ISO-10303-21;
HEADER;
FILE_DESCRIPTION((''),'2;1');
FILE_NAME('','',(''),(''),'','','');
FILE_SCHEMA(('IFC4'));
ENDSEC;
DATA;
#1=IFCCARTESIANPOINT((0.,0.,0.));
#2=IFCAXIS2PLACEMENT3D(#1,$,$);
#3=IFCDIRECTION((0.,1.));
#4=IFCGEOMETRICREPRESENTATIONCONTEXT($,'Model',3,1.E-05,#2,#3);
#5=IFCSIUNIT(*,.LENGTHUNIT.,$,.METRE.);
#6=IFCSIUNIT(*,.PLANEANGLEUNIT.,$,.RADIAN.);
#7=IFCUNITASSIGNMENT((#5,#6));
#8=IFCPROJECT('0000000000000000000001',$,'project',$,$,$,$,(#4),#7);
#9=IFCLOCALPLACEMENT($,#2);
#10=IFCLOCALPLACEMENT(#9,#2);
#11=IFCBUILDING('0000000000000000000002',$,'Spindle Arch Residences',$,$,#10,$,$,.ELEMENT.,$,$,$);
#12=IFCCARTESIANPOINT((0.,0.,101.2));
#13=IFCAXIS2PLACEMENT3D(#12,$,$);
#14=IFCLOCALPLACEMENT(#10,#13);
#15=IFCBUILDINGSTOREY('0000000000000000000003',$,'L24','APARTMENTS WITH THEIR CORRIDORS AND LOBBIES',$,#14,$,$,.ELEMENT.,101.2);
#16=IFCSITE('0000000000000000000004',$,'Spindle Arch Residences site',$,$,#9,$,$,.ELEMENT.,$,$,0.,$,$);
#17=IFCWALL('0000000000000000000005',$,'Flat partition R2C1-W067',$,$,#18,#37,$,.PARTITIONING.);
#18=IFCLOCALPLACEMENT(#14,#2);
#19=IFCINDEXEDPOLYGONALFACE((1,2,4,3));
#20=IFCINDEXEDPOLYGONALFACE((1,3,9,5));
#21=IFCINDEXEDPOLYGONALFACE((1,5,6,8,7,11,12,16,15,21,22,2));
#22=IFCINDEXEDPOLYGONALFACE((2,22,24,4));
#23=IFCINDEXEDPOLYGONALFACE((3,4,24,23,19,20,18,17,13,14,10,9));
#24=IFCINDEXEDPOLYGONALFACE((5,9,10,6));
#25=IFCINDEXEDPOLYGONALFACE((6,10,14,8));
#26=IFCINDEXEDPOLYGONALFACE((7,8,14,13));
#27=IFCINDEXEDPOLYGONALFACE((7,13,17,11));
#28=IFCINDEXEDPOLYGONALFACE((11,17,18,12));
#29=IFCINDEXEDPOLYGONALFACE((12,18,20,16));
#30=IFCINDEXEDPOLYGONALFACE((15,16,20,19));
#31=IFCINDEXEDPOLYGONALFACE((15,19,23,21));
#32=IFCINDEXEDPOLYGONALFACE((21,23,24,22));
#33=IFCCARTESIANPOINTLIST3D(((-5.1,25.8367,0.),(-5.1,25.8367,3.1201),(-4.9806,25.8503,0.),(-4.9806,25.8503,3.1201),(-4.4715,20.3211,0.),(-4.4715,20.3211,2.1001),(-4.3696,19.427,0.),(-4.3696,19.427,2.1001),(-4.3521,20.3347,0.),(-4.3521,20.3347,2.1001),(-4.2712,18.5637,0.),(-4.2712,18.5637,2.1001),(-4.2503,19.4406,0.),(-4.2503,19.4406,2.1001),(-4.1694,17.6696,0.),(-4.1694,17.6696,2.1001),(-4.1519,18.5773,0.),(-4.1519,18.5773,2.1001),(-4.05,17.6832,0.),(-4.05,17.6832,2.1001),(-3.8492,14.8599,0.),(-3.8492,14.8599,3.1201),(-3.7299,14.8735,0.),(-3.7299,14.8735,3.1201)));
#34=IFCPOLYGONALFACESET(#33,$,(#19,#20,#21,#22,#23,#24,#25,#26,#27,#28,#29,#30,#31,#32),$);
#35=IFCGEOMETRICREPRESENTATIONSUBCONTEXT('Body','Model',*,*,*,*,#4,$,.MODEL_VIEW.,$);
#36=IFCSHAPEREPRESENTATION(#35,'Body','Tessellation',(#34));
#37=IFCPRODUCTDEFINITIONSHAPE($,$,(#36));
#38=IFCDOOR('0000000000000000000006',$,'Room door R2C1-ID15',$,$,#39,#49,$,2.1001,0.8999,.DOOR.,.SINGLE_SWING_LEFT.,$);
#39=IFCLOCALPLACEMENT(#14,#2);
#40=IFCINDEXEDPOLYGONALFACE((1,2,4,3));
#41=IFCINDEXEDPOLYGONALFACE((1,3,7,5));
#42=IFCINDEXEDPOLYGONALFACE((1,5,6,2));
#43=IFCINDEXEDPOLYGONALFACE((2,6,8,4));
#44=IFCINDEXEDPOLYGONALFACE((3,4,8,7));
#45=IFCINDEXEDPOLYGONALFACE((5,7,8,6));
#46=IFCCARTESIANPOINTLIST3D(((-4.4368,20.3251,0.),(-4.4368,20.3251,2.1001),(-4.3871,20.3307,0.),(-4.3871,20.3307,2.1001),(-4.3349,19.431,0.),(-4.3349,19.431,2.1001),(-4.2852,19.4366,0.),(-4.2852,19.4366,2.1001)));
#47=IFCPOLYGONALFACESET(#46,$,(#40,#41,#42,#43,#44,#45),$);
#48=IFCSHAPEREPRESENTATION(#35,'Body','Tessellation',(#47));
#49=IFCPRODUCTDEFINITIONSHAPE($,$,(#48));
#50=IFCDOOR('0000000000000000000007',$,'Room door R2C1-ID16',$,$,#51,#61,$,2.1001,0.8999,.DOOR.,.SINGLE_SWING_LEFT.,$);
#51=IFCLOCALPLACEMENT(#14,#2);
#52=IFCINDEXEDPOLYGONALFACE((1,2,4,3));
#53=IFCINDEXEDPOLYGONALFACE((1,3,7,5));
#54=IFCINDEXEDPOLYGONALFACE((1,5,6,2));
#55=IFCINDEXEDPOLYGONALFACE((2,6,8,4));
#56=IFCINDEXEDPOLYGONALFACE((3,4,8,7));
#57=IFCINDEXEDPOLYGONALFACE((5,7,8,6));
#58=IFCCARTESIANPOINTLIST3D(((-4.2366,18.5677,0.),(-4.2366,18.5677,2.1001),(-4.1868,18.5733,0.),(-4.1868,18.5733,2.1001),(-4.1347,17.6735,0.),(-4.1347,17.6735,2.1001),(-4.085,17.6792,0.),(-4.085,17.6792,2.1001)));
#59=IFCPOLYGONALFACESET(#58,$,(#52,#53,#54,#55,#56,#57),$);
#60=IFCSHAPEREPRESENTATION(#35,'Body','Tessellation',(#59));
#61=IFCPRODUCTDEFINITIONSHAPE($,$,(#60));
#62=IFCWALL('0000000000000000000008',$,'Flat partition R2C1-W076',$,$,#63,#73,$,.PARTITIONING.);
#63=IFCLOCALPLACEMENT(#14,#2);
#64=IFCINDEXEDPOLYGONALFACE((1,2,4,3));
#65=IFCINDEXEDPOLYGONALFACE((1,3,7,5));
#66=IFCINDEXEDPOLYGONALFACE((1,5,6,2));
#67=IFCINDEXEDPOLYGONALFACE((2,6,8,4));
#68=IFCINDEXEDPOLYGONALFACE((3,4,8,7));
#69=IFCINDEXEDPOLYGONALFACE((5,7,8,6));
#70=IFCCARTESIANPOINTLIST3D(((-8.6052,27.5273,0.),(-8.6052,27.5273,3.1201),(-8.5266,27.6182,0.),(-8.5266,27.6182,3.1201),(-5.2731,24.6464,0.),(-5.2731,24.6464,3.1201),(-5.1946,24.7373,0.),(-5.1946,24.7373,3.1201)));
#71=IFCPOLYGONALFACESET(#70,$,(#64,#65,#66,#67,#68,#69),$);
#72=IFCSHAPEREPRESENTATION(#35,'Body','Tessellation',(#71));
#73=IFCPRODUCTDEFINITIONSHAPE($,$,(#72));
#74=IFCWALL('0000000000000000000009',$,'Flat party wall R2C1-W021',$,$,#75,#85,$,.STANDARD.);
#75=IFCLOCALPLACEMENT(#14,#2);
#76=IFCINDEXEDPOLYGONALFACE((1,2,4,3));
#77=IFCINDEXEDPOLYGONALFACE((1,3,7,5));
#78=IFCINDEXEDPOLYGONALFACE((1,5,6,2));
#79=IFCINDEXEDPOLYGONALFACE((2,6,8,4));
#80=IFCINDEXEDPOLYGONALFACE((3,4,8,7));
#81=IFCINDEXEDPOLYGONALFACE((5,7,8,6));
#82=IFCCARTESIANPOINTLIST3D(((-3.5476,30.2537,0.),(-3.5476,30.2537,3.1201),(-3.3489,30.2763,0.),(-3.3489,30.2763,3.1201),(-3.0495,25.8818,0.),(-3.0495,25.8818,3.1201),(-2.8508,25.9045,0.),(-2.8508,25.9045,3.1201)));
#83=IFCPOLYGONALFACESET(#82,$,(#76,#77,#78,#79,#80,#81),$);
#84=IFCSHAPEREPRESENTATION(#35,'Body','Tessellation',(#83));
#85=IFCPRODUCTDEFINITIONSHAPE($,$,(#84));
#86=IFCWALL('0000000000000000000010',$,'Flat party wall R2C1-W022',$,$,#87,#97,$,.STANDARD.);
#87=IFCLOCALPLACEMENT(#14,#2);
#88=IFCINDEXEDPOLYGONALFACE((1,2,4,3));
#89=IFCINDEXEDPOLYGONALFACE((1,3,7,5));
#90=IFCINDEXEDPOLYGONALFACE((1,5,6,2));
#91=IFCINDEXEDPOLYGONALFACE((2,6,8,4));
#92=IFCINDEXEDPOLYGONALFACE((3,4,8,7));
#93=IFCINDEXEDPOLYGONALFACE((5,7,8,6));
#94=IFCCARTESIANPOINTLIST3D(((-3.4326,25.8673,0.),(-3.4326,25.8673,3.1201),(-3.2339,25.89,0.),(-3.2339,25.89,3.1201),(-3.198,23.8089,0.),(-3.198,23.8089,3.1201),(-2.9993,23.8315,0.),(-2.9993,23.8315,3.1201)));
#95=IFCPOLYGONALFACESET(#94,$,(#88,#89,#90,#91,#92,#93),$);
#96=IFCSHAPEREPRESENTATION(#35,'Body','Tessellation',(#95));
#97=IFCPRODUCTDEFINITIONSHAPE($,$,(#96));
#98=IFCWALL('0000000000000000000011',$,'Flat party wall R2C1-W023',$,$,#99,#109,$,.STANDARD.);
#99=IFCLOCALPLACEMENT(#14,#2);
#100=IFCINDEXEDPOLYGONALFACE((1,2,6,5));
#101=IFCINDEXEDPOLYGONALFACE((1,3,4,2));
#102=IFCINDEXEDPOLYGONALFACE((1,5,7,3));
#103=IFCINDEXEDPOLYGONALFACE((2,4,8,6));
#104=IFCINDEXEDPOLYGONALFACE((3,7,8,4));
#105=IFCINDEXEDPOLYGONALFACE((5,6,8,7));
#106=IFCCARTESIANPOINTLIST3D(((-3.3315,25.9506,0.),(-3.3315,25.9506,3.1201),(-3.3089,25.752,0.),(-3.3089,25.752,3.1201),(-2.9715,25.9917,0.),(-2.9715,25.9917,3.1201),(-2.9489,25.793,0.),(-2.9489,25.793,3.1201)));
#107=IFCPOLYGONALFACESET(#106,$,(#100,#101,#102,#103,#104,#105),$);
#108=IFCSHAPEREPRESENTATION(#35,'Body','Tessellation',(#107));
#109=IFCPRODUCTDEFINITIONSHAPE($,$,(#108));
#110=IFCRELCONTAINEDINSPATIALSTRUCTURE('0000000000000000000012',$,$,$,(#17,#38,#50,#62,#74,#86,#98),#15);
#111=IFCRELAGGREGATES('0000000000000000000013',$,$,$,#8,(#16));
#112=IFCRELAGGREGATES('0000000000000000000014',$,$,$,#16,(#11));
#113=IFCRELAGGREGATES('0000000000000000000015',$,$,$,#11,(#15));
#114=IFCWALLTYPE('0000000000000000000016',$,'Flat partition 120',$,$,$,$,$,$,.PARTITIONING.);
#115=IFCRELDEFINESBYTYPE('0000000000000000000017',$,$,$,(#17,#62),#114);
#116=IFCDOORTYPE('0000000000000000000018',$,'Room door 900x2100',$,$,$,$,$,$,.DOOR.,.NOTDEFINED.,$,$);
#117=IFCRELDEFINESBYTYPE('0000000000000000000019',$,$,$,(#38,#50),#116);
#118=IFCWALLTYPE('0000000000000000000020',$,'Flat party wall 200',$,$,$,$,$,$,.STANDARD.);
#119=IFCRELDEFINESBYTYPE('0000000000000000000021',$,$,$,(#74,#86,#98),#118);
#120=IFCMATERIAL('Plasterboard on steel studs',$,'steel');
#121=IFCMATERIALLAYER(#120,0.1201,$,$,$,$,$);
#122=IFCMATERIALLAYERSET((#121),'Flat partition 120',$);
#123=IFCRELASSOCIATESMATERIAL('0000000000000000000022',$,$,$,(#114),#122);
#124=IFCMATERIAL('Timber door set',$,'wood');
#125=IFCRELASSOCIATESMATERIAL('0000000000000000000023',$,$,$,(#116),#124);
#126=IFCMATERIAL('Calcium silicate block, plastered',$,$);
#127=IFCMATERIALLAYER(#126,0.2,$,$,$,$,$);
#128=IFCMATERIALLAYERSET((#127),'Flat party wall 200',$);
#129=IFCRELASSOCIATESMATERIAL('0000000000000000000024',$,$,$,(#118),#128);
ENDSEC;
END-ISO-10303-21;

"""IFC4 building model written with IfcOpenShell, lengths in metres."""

from ifc_helpers import new_model, si_unit, direction, frame, frame_2d, origin, place, context, subcontext, project, spatial, rectangle, extrude, material, layer, layer_set, type_object, element, fill, save


model = new_model("IFC4")

# Units and contexts
model_context = context("Model", 3, precision=1e-05, world=origin(), true_north=direction((0.0, 1.0)))
body_context = subcontext(model_context, "Body", "Model", "MODEL_VIEW")
ifc_project = project(units=[si_unit("LENGTHUNIT", "METRE"), si_unit("PLANEANGLEUNIT", "RADIAN")], contexts=[model_context])

# Site, building, storey
site_placement = place(None, origin())
site = spatial("IfcSite", under=ifc_project, at=site_placement, Name="Spindle Arch Residences site", CompositionType="ELEMENT", RefElevation=0.0)
building_placement = place(site_placement, origin())
building = spatial("IfcBuilding", under=site, at=building_placement, Name="Spindle Arch Residences", CompositionType="ELEMENT")
storey_placement = place(building_placement, frame((0.0, 0.0, 101.2)))
storey = spatial("IfcBuildingStorey", under=building, at=storey_placement, Name="L24", Description="APARTMENTS WITH THEIR CORRIDORS AND LOBBIES", CompositionType="ELEMENT", Elevation=101.2)

# Shared definitions
ifc_material_1 = material(Name="Plasterboard on steel studs", Category="steel")
ifc_layer_1 = layer(ifc_material_1, 0.1201)
ifc_layer_set_1 = layer_set([ifc_layer_1], Name="Flat partition 120")
wall_type_1 = type_object("IfcWallType", Name="Flat partition 120", PredefinedType="PARTITIONING", material=ifc_layer_set_1)

# Shared definitions
ifc_material_2 = material(Name="Timber door set", Category="wood")
door_type = type_object("IfcDoorType", Name="Room door 900x2100", OperationType="NOTDEFINED", PredefinedType="DOOR", material=ifc_material_2)

# Wall, openings, doors
wall_1_placement = place(storey_placement, frame((-5.0403, 25.8435, 0.0), z_axis=(0.0, 0.0, 1.0), x_axis=(0.113211, -0.993571, 0.0)))
wall_1 = element("IfcWall", 1, at=wall_1_placement, inside=storey, type_object=wall_type_1, Name="Flat partition R2C1-W067", PredefinedType="PARTITIONING", context=body_context, shape_type="SweptSolid", body=[
    extrude(rectangle(XDim=11.0479, YDim=0.1201, at=frame_2d((5.5239, 0.0))), origin(), (0.0, 0.0, 1.0), 3.1201),
])
opening_1_placement = place(wall_1_placement, frame((5.5513, 0.0, 0.0)))
opening_1 = element("IfcOpeningElement", 2, at=opening_1_placement, cuts=wall_1, PredefinedType="OPENING", context=body_context, shape_type="SweptSolid", body=[
    extrude(rectangle(XDim=0.8999, YDim=2.1001, at=frame_2d((0.45, 1.05))), frame((0.0, 0.0701, 0.0), z_axis=(0.0, -1.0, 0.0), x_axis=(1.0, 0.0, 0.0)), (0.0, 0.0, 1.0), 0.1401),
])
opening_2_placement = place(wall_1_placement, frame((7.3201, 0.0, 0.0)))
opening_2 = element("IfcOpeningElement", 3, at=opening_2_placement, cuts=wall_1, PredefinedType="OPENING", context=body_context, shape_type="SweptSolid", body=[
    extrude(rectangle(XDim=0.8999, YDim=2.1001, at=frame_2d((0.45, 1.05))), frame((0.0, 0.0701, 0.0), z_axis=(0.0, -1.0, 0.0), x_axis=(1.0, 0.0, 0.0)), (0.0, 0.0, 1.0), 0.1401),
])
door_1_placement = place(opening_1_placement, origin())
door_1 = element("IfcDoor", 4, at=door_1_placement, inside=storey, type_object=door_type, Name="Room door R2C1-ID15", OperationType="SINGLE_SWING_LEFT", OverallHeight=2.1001, OverallWidth=0.8999, PredefinedType="DOOR", context=body_context, shape_type="SweptSolid", body=[
    extrude(rectangle(XDim=0.8999, YDim=2.1001, at=frame_2d((0.45, 1.05))), frame((0.0, 0.0249, 0.0), z_axis=(0.0, -1.0, 0.0), x_axis=(1.0, 0.0, 0.0)), (0.0, 0.0, 1.0), 0.05),
])
fill(opening_1, door_1)
door_2_placement = place(opening_2_placement, origin())
door_2 = element("IfcDoor", 5, at=door_2_placement, inside=storey, type_object=door_type, Name="Room door R2C1-ID16", OperationType="SINGLE_SWING_LEFT", OverallHeight=2.1001, OverallWidth=0.8999, PredefinedType="DOOR", context=body_context, shape_type="SweptSolid", body=[
    extrude(rectangle(XDim=0.8999, YDim=2.1001, at=frame_2d((0.45, 1.05))), frame((0.0, 0.0249, 0.0), z_axis=(0.0, -1.0, 0.0), x_axis=(1.0, 0.0, 0.0)), (0.0, 0.0, 1.0), 0.05),
])
fill(opening_2, door_2)

# Walls
wall_2_placement = place(storey_placement, frame((-8.5659, 27.5728, 0.0), z_axis=(0.0, 0.0, 1.0), x_axis=(0.756464, -0.654035, 0.0)))
element("IfcWall", 6, at=wall_2_placement, inside=storey, type_object=wall_type_1, Name="Flat partition R2C1-W076", PredefinedType="PARTITIONING", context=body_context, shape_type="SweptSolid", body=[
    extrude(rectangle(XDim=4.4048, YDim=0.1201, at=frame_2d((2.2024, 0.0))), origin(), (0.0, 0.0, 1.0), 3.1201),
])
ifc_material_3 = material(Name="Calcium silicate block, plastered")
ifc_layer_2 = layer(ifc_material_3, 0.2)
ifc_layer_set_2 = layer_set([ifc_layer_2], Name="Flat party wall 200")
wall_type_2 = type_object("IfcWallType", Name="Flat party wall 200", PredefinedType="STANDARD", material=ifc_layer_set_2)
wall_3_placement = place(storey_placement, frame((-3.4482, 30.2651, 0.0), z_axis=(0.0, 0.0, 1.0), x_axis=(0.11319, -0.993573, 0.0)))
element("IfcWall", 7, at=wall_3_placement, inside=storey, type_object=wall_type_2, Name="Flat party wall R2C1-W021", PredefinedType="STANDARD", context=body_context, shape_type="SweptSolid", body=[
    extrude(rectangle(XDim=4.4001, YDim=0.2, at=frame_2d((2.2002, 0.0))), origin(), (0.0, 0.0, 1.0), 3.1201),
])
wall_4_placement = place(storey_placement, frame((-3.3333, 25.8787, 0.0), z_axis=(0.0, 0.0, 1.0), x_axis=(0.113251, -0.993566, 0.0)))
element("IfcWall", 8, at=wall_4_placement, inside=storey, type_object=wall_type_2, Name="Flat party wall R2C1-W022", PredefinedType="STANDARD", context=body_context, shape_type="SweptSolid", body=[
    extrude(rectangle(XDim=2.0718, YDim=0.2, at=frame_2d((1.0359, 0.0))), origin(), (0.0, 0.0, 1.0), 3.1201),
])
wall_5_placement = place(storey_placement, frame((-2.9602, 25.8923, 0.0), z_axis=(0.0, 0.0, 1.0), x_axis=(-0.993567, -0.113242, 0.0)))
element("IfcWall", 9, at=wall_5_placement, inside=storey, type_object=wall_type_2, Name="Flat party wall R2C1-W023", PredefinedType="STANDARD", context=body_context, shape_type="SweptSolid", body=[
    extrude(rectangle(XDim=0.3623, YDim=0.2, at=frame_2d((0.1812, 0.0))), origin(), (0.0, 0.0, 1.0), 3.1201),
])

save(model, "model.ifc")
